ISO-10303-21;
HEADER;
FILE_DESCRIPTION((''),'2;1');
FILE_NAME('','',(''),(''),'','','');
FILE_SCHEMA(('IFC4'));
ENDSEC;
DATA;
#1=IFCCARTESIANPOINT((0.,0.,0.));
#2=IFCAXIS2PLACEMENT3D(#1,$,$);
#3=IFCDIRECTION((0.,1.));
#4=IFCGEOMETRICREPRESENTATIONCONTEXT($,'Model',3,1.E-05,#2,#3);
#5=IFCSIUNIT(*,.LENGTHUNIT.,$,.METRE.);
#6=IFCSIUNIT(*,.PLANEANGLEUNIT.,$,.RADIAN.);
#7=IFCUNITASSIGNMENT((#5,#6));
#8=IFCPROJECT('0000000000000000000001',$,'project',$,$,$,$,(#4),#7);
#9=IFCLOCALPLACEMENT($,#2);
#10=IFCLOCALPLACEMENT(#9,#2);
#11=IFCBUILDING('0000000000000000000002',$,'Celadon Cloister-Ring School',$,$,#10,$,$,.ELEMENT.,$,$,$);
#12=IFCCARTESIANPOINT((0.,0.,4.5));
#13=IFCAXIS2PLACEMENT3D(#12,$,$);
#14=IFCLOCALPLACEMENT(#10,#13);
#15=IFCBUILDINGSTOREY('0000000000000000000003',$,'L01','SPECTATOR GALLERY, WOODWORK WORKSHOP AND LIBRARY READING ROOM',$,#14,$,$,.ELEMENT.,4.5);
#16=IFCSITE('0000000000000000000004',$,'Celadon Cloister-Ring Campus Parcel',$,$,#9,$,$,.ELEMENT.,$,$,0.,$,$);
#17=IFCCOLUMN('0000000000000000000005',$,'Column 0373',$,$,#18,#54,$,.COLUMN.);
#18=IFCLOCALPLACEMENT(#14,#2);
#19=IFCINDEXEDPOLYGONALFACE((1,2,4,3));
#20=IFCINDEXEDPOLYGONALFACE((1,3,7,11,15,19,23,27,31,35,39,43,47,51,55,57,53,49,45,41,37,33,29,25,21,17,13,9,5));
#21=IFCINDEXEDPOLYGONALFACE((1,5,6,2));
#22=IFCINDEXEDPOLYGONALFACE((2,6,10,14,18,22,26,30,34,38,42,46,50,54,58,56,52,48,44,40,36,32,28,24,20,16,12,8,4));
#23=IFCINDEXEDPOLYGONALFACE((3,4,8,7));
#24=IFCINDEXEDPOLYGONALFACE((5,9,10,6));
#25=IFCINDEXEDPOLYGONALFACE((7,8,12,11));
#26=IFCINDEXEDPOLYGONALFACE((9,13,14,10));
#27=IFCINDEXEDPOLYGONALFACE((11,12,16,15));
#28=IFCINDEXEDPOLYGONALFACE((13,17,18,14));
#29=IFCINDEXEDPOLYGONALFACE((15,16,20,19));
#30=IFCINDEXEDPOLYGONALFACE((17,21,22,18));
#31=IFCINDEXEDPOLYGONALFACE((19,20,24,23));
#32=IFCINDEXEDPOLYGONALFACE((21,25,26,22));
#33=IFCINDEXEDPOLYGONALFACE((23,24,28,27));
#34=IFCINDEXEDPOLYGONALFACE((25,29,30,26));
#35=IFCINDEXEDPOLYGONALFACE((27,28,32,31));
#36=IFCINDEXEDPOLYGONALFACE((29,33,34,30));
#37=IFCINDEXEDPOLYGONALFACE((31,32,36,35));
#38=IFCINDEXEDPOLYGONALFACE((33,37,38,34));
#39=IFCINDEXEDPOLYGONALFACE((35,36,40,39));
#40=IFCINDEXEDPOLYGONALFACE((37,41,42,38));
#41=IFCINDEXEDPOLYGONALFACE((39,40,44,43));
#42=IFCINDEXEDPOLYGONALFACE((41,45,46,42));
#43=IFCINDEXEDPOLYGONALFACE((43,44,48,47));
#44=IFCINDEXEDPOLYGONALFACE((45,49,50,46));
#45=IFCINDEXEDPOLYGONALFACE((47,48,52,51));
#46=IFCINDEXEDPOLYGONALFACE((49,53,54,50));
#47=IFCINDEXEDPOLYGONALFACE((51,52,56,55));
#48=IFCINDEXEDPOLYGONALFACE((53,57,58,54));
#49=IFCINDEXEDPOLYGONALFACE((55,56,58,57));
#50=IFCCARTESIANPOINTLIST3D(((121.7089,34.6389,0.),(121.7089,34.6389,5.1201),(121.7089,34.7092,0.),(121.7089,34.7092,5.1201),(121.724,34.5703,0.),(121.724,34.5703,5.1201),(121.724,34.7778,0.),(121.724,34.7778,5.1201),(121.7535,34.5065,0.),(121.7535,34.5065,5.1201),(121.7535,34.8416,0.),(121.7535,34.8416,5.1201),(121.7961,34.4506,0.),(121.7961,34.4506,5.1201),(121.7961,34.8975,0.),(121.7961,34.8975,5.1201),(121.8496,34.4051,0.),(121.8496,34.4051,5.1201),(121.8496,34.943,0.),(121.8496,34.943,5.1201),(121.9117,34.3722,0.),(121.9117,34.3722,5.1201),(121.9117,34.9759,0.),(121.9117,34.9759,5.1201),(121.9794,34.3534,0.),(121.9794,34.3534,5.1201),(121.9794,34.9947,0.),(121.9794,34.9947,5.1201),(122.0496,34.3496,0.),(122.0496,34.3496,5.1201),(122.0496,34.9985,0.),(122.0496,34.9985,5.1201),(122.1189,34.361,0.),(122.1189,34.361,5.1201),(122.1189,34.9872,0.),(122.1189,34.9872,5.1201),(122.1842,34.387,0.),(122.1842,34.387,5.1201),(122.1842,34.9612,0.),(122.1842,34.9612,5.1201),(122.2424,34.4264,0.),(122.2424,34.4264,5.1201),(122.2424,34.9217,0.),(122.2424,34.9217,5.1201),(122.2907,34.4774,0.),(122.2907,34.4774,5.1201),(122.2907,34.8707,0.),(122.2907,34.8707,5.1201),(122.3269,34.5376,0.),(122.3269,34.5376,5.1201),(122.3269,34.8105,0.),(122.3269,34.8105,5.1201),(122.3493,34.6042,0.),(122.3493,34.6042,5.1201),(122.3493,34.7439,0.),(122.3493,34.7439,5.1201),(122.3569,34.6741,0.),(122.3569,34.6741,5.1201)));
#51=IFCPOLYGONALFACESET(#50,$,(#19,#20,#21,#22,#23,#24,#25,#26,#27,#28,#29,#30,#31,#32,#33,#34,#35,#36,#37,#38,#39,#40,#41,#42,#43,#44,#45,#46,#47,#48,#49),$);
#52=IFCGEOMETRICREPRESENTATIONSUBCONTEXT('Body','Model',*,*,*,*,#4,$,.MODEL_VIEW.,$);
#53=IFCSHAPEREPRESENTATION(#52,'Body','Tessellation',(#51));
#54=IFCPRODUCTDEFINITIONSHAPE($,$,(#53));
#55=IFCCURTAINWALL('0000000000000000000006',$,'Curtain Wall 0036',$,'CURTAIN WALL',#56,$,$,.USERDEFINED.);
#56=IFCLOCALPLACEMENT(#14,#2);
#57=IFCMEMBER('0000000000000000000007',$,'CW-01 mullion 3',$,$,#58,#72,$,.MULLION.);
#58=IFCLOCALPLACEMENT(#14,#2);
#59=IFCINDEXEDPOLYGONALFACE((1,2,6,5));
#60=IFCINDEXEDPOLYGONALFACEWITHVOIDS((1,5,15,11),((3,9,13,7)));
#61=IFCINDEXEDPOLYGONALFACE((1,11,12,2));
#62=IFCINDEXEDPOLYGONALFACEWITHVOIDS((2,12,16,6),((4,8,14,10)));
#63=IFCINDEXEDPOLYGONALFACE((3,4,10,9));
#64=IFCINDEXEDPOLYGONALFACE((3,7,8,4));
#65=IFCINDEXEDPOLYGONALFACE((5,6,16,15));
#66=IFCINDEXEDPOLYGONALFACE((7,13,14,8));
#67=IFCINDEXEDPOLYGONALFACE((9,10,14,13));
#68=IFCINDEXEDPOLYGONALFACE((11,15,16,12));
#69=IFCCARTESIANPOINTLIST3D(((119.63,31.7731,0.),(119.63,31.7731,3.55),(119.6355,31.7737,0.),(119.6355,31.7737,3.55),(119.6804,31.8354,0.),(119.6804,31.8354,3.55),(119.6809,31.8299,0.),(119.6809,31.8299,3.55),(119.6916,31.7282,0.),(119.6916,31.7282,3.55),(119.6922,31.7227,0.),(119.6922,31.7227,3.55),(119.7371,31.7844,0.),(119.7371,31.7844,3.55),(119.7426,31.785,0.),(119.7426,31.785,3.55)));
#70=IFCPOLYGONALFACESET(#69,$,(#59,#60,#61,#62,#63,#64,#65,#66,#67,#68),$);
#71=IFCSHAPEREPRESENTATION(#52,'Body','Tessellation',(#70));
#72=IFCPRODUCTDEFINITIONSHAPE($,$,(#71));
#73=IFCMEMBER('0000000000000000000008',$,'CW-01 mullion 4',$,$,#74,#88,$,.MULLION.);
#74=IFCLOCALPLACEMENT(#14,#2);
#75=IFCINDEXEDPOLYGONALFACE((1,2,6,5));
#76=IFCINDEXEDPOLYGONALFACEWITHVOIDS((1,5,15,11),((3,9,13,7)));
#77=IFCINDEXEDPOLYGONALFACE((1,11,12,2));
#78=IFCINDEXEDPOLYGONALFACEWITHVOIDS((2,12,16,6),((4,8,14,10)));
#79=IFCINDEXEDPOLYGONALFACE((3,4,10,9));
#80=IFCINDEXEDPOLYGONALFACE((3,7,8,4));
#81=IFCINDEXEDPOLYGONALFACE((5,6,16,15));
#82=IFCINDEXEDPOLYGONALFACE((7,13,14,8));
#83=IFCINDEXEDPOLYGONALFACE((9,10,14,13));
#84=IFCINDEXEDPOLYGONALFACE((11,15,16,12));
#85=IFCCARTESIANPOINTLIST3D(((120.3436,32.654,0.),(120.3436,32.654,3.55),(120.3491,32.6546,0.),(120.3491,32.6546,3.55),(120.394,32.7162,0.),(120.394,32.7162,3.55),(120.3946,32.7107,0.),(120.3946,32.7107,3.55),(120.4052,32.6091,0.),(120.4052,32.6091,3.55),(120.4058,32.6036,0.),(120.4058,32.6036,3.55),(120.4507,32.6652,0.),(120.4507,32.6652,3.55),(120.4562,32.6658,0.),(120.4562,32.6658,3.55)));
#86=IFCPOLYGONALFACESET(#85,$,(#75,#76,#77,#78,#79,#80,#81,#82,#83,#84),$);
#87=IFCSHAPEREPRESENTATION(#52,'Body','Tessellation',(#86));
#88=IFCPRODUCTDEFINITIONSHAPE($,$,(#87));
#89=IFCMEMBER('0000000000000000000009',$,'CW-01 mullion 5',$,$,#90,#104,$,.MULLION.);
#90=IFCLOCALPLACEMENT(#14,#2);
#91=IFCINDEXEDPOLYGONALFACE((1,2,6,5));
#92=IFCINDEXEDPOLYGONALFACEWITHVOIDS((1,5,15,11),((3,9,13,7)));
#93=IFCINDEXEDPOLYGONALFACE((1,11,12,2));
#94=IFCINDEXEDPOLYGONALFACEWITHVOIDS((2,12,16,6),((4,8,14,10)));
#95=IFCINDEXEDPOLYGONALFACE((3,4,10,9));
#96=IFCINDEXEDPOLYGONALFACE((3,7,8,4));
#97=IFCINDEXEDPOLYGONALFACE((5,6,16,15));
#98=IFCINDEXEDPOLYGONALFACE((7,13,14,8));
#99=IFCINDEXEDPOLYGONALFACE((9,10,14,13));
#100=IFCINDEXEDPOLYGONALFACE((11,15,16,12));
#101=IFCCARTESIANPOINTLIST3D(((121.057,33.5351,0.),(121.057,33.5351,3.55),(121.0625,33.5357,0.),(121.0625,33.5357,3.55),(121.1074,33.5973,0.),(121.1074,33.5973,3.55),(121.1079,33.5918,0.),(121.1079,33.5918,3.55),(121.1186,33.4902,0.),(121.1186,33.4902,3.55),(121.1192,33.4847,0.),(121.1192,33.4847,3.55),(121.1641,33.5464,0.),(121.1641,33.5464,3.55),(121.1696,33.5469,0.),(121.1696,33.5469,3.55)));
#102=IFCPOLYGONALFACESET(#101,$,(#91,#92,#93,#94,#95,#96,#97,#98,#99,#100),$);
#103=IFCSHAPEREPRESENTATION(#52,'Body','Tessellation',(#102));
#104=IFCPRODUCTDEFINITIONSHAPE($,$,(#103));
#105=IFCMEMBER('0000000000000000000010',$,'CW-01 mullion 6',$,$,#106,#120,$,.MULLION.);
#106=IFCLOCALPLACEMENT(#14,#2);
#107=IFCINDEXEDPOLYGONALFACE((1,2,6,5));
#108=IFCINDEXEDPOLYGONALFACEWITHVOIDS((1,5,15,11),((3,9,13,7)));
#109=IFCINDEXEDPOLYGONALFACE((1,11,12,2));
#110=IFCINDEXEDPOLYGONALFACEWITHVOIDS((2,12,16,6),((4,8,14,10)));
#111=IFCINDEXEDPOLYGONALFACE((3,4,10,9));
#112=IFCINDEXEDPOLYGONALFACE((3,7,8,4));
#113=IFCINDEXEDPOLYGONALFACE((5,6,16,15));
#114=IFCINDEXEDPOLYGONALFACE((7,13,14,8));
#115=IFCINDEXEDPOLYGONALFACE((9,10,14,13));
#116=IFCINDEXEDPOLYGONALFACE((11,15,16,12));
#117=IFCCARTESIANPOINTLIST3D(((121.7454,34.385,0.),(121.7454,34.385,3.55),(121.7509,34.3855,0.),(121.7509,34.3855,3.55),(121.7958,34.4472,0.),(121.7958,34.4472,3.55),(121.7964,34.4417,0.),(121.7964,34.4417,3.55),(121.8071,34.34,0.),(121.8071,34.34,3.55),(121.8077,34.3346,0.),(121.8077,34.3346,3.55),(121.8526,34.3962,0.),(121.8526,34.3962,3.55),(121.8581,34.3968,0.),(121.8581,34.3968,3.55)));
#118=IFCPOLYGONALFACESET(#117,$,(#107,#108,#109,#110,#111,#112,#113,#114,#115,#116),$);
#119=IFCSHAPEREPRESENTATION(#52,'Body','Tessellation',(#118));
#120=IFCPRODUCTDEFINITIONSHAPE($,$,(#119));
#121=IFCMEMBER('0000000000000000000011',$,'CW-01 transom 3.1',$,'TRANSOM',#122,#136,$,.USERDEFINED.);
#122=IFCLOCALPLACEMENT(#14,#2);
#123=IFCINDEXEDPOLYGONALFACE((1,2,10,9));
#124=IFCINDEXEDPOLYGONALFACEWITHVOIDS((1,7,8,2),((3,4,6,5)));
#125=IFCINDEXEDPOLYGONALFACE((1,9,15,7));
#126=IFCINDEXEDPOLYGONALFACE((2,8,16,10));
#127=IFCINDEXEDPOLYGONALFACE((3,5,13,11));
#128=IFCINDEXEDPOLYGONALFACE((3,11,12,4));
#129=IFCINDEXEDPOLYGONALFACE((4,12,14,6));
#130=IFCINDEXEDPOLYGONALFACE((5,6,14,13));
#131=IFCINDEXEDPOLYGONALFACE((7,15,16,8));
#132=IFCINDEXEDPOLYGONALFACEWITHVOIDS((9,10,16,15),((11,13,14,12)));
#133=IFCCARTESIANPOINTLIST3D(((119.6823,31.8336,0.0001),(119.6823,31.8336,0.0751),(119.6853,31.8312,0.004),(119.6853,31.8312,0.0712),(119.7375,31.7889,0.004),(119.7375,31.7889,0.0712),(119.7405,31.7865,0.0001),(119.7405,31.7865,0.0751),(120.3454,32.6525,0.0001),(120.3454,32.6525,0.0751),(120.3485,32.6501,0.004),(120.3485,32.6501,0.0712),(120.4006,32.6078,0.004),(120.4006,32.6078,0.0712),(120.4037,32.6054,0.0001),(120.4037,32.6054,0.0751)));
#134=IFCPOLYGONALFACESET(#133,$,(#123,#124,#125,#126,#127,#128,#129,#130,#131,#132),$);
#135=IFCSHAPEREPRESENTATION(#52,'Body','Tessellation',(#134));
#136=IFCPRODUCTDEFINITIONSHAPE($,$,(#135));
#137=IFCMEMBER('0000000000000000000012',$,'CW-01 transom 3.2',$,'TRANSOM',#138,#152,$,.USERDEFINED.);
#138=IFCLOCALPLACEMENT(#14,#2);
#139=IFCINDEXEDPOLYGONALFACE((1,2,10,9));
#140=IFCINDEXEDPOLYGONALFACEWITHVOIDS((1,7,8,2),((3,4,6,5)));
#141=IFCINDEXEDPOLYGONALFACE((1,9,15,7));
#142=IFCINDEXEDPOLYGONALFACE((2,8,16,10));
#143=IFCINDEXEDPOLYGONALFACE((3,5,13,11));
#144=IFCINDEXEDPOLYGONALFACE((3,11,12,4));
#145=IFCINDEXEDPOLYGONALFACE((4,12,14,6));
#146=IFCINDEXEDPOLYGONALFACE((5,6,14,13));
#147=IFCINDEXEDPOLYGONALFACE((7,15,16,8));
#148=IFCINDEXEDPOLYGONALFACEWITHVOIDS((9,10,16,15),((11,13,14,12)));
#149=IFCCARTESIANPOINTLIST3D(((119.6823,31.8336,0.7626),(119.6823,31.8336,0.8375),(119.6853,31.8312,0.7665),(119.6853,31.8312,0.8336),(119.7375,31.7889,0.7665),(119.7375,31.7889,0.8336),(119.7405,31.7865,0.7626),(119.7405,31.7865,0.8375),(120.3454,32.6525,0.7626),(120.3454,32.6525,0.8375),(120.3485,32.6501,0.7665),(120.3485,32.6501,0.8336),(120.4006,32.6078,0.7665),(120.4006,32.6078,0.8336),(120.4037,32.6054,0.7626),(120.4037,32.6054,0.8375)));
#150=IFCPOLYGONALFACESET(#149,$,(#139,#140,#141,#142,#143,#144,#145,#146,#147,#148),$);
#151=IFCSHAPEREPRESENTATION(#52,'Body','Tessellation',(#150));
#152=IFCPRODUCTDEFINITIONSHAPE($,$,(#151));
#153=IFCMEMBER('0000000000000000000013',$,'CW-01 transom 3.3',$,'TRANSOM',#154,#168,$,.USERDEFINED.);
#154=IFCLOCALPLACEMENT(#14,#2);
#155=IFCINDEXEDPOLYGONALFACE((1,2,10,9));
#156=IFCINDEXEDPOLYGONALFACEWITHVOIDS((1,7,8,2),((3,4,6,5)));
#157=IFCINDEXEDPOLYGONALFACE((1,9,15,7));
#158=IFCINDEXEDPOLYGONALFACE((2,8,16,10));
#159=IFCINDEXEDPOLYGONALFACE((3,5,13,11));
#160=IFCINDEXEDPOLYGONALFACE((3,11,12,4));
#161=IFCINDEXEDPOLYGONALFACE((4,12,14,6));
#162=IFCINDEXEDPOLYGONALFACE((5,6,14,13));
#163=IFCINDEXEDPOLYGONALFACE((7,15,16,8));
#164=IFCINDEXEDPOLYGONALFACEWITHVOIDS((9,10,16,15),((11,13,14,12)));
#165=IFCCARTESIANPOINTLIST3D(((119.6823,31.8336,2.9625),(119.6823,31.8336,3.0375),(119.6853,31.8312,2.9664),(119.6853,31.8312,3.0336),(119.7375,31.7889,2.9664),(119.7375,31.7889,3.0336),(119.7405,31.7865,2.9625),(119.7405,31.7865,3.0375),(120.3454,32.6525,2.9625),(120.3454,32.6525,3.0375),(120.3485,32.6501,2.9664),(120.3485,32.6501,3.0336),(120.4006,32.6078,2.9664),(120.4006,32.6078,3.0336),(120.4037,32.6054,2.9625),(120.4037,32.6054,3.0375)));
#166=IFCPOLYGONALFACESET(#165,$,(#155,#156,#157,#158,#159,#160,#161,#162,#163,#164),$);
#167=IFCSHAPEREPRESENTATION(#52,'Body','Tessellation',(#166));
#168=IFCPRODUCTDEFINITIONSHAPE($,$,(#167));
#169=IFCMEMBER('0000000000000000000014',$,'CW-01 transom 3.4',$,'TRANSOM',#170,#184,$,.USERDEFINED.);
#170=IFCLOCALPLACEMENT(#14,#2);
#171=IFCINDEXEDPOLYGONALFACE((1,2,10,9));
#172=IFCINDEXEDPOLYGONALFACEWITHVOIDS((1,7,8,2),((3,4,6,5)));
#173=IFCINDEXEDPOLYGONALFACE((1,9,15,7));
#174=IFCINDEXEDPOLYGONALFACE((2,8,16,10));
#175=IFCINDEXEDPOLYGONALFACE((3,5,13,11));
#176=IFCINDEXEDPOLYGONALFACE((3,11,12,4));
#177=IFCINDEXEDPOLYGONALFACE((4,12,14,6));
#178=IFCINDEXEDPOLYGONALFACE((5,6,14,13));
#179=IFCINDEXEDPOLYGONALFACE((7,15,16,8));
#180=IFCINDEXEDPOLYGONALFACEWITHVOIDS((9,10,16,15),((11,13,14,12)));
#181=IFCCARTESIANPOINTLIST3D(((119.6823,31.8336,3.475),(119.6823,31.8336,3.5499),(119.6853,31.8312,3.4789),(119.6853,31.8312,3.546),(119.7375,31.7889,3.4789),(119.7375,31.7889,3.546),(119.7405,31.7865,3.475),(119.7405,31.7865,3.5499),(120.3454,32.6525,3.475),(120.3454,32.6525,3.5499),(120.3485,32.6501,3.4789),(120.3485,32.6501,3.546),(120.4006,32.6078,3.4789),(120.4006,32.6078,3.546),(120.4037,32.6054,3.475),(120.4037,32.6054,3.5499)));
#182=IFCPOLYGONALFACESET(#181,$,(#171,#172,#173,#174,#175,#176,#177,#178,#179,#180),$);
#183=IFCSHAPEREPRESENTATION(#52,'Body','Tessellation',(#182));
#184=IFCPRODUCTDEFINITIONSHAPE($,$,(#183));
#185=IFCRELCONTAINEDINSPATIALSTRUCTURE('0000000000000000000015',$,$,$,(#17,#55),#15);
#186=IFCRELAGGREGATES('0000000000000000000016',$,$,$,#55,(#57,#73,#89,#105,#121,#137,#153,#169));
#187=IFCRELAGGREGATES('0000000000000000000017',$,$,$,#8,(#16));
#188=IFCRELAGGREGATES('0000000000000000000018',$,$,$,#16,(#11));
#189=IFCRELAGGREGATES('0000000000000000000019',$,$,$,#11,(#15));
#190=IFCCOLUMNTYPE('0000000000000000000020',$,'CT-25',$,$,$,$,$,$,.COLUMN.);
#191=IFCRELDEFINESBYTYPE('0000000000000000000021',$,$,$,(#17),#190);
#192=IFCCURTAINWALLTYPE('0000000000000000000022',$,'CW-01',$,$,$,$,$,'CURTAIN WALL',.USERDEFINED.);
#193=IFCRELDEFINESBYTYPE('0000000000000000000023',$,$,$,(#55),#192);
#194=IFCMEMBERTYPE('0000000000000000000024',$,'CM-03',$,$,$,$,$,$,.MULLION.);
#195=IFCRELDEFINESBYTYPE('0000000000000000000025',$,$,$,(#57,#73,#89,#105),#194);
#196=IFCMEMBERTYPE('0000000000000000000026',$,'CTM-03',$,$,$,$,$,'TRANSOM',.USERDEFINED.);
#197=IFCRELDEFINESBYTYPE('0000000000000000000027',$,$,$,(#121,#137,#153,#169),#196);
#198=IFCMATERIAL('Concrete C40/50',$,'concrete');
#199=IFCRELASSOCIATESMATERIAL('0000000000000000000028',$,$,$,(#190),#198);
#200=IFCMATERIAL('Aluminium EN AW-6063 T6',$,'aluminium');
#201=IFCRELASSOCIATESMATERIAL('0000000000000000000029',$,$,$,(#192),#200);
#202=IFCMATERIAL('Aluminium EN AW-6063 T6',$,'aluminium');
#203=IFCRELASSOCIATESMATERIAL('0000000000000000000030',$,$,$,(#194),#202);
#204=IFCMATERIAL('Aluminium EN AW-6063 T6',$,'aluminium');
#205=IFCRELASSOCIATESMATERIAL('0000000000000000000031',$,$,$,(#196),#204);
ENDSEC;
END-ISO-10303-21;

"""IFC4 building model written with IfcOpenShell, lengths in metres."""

from ifc_helpers import new_model, si_unit, direction, frame, origin, origin_2d, place, context, subcontext, project, spatial, hollow_rectangle, circle, extrude, material, material_profile, profile_set, type_object, element, aggregate, save


model = new_model("IFC4")

# Units and contexts
model_context = context("Model", 3, precision=1e-05, world=origin(), true_north=direction((0.0, 1.0)))
body_context = subcontext(model_context, "Body", "Model", "MODEL_VIEW")
ifc_project = project(units=[si_unit("LENGTHUNIT", "METRE"), si_unit("PLANEANGLEUNIT", "RADIAN")], contexts=[model_context])

# Site, building, storey
site_placement = place(None, origin())
site = spatial("IfcSite", under=ifc_project, at=site_placement, Name="Celadon Cloister-Ring Campus Parcel", CompositionType="ELEMENT", RefElevation=0.0)
building_placement = place(site_placement, origin())
building = spatial("IfcBuilding", under=site, at=building_placement, Name="Celadon Cloister-Ring School", CompositionType="ELEMENT")
storey_placement = place(building_placement, frame((0.0, 0.0, 4.5)))
storey = spatial("IfcBuildingStorey", under=building, at=storey_placement, Name="L01", Description="SPECTATOR GALLERY, WOODWORK WORKSHOP AND LIBRARY READING ROOM", CompositionType="ELEMENT", Elevation=4.5)

# Column
ifc_material_1 = material(Name="Concrete C40/50", Category="concrete")
ifc_material_profile_1 = material_profile(ifc_material_1, circle(Radius=0.325, at=origin_2d()), Name="CIRC650")
ifc_profile_set_1 = profile_set([ifc_material_profile_1], Name="Concrete C40/50")
column_type = type_object("IfcColumnType", Name="CT-25", PredefinedType="COLUMN", material=ifc_profile_set_1)
column_placement = place(storey_placement, frame((122.032, 34.6741, 0.0), z_axis=(0.0, 0.0, 1.0), x_axis=(1.0, 0.0, 0.0)))
element("IfcColumn", 1, at=column_placement, inside=storey, type_object=column_type, Name="Column 0373", PredefinedType="COLUMN", context=body_context, shape_type="SweptSolid", body=[
    extrude(circle(Radius=0.325, at=origin_2d()), origin(), (0.0, 0.0, 1.0), 5.1201),
])

# Curtain wall, members
ifc_material_2 = material(Name="Aluminium EN AW-6063 T6", Category="aluminium")
curtain_wall_type = type_object("IfcCurtainWallType", Name="CW-01", ElementType="CURTAIN WALL", PredefinedType="USERDEFINED", material=ifc_material_2)
curtain_wall_placement = place(storey_placement, origin())
curtain_wall = element("IfcCurtainWall", 2, at=curtain_wall_placement, inside=storey, type_object=curtain_wall_type, Name="Curtain Wall 0036", ObjectType="CURTAIN WALL", PredefinedType="USERDEFINED")
ifc_material_3 = material(Name="Aluminium EN AW-6063 T6", Category="aluminium")
ifc_material_profile_2 = material_profile(ifc_material_3, hollow_rectangle(XDim=0.0801, YDim=0.0801, WallThickness=0.0039, at=origin_2d()), Name="RHS80X80X4")
ifc_profile_set_2 = profile_set([ifc_material_profile_2], Name="Aluminium EN AW-6063 T6")
member_type_1 = type_object("IfcMemberType", Name="CM-03", PredefinedType="MULLION", material=ifc_profile_set_2)
member_1_placement = place(storey_placement, frame((119.6863, 31.7791, 0.0), z_axis=(0.0, 0.0, 1.0), x_axis=(-0.777068, 0.629416, 0.0)))
member_1 = element("IfcMember", 3, at=member_1_placement, type_object=member_type_1, Name="CW-01 mullion 3", PredefinedType="MULLION", context=body_context, shape_type="SweptSolid", body=[
    extrude(hollow_rectangle(XDim=0.0801, YDim=0.0801, WallThickness=0.0039, at=origin_2d()), origin(), (0.0, 0.0, 1.0), 3.55),
])
member_2_placement = place(storey_placement, frame((120.3999, 32.6599, 0.0), z_axis=(0.0, 0.0, 1.0), x_axis=(-0.777068, 0.629416, 0.0)))
member_2 = element("IfcMember", 4, at=member_2_placement, type_object=member_type_1, Name="CW-01 mullion 4", PredefinedType="MULLION", context=body_context, shape_type="SweptSolid", body=[
    extrude(hollow_rectangle(XDim=0.0801, YDim=0.0801, WallThickness=0.0039, at=origin_2d()), origin(), (0.0, 0.0, 1.0), 3.55),
])
member_3_placement = place(storey_placement, frame((121.1133, 33.541, 0.0), z_axis=(0.0, 0.0, 1.0), x_axis=(-0.777068, 0.629416, 0.0)))
member_3 = element("IfcMember", 5, at=member_3_placement, type_object=member_type_1, Name="CW-01 mullion 5", PredefinedType="MULLION", context=body_context, shape_type="SweptSolid", body=[
    extrude(hollow_rectangle(XDim=0.0801, YDim=0.0801, WallThickness=0.0039, at=origin_2d()), origin(), (0.0, 0.0, 1.0), 3.55),
])
member_4_placement = place(storey_placement, frame((121.8018, 34.3909, 0.0), z_axis=(0.0, 0.0, 1.0), x_axis=(-0.777068, 0.629416, 0.0)))
member_4 = element("IfcMember", 6, at=member_4_placement, type_object=member_type_1, Name="CW-01 mullion 6", PredefinedType="MULLION", context=body_context, shape_type="SweptSolid", body=[
    extrude(hollow_rectangle(XDim=0.0801, YDim=0.0801, WallThickness=0.0039, at=origin_2d()), origin(), (0.0, 0.0, 1.0), 3.55),
])
ifc_material_4 = material(Name="Aluminium EN AW-6063 T6", Category="aluminium")
ifc_material_profile_3 = material_profile(ifc_material_4, hollow_rectangle(XDim=0.075, YDim=0.075, WallThickness=0.0039, at=origin_2d()), Name="RHS75X75X4")
ifc_profile_set_3 = profile_set([ifc_material_profile_3], Name="Aluminium EN AW-6063 T6")
member_type_2 = type_object("IfcMemberType", Name="CTM-03", ElementType="TRANSOM", PredefinedType="USERDEFINED", material=ifc_profile_set_3)
member_5_placement = place(storey_placement, frame((119.7114, 31.8101, 0.0376), z_axis=(0.629318, 0.777148, 0.0), x_axis=(-0.777148, 0.629318, 0.0)))
member_5 = element("IfcMember", 7, at=member_5_placement, type_object=member_type_2, Name="CW-01 transom 3.1", ObjectType="TRANSOM", PredefinedType="USERDEFINED", context=body_context, shape_type="SweptSolid", body=[
    extrude(hollow_rectangle(XDim=0.075, YDim=0.075, WallThickness=0.0039, at=origin_2d()), origin(), (0.0, 0.0, 1.0), 1.0537),
])
member_6_placement = place(storey_placement, frame((119.7114, 31.8101, 0.8), z_axis=(0.629318, 0.777148, 0.0), x_axis=(-0.777148, 0.629318, 0.0)))
member_6 = element("IfcMember", 8, at=member_6_placement, type_object=member_type_2, Name="CW-01 transom 3.2", ObjectType="TRANSOM", PredefinedType="USERDEFINED", context=body_context, shape_type="SweptSolid", body=[
    extrude(hollow_rectangle(XDim=0.075, YDim=0.075, WallThickness=0.0039, at=origin_2d()), origin(), (0.0, 0.0, 1.0), 1.0537),
])
member_7_placement = place(storey_placement, frame((119.7114, 31.8101, 3.0), z_axis=(0.629318, 0.777148, 0.0), x_axis=(-0.777148, 0.629318, 0.0)))
member_7 = element("IfcMember", 9, at=member_7_placement, type_object=member_type_2, Name="CW-01 transom 3.3", ObjectType="TRANSOM", PredefinedType="USERDEFINED", context=body_context, shape_type="SweptSolid", body=[
    extrude(hollow_rectangle(XDim=0.075, YDim=0.075, WallThickness=0.0039, at=origin_2d()), origin(), (0.0, 0.0, 1.0), 1.0537),
])
member_8_placement = place(storey_placement, frame((119.7114, 31.8101, 3.5125), z_axis=(0.629318, 0.777148, 0.0), x_axis=(-0.777148, 0.629318, 0.0)))
member_8 = element("IfcMember", 10, at=member_8_placement, type_object=member_type_2, Name="CW-01 transom 3.4", ObjectType="TRANSOM", PredefinedType="USERDEFINED", context=body_context, shape_type="SweptSolid", body=[
    extrude(hollow_rectangle(XDim=0.075, YDim=0.075, WallThickness=0.0039, at=origin_2d()), origin(), (0.0, 0.0, 1.0), 1.0537),
])

aggregate(curtain_wall, [member_1, member_2, member_3, member_4, member_5, member_6, member_7, member_8])

save(model, "model.ifc")
